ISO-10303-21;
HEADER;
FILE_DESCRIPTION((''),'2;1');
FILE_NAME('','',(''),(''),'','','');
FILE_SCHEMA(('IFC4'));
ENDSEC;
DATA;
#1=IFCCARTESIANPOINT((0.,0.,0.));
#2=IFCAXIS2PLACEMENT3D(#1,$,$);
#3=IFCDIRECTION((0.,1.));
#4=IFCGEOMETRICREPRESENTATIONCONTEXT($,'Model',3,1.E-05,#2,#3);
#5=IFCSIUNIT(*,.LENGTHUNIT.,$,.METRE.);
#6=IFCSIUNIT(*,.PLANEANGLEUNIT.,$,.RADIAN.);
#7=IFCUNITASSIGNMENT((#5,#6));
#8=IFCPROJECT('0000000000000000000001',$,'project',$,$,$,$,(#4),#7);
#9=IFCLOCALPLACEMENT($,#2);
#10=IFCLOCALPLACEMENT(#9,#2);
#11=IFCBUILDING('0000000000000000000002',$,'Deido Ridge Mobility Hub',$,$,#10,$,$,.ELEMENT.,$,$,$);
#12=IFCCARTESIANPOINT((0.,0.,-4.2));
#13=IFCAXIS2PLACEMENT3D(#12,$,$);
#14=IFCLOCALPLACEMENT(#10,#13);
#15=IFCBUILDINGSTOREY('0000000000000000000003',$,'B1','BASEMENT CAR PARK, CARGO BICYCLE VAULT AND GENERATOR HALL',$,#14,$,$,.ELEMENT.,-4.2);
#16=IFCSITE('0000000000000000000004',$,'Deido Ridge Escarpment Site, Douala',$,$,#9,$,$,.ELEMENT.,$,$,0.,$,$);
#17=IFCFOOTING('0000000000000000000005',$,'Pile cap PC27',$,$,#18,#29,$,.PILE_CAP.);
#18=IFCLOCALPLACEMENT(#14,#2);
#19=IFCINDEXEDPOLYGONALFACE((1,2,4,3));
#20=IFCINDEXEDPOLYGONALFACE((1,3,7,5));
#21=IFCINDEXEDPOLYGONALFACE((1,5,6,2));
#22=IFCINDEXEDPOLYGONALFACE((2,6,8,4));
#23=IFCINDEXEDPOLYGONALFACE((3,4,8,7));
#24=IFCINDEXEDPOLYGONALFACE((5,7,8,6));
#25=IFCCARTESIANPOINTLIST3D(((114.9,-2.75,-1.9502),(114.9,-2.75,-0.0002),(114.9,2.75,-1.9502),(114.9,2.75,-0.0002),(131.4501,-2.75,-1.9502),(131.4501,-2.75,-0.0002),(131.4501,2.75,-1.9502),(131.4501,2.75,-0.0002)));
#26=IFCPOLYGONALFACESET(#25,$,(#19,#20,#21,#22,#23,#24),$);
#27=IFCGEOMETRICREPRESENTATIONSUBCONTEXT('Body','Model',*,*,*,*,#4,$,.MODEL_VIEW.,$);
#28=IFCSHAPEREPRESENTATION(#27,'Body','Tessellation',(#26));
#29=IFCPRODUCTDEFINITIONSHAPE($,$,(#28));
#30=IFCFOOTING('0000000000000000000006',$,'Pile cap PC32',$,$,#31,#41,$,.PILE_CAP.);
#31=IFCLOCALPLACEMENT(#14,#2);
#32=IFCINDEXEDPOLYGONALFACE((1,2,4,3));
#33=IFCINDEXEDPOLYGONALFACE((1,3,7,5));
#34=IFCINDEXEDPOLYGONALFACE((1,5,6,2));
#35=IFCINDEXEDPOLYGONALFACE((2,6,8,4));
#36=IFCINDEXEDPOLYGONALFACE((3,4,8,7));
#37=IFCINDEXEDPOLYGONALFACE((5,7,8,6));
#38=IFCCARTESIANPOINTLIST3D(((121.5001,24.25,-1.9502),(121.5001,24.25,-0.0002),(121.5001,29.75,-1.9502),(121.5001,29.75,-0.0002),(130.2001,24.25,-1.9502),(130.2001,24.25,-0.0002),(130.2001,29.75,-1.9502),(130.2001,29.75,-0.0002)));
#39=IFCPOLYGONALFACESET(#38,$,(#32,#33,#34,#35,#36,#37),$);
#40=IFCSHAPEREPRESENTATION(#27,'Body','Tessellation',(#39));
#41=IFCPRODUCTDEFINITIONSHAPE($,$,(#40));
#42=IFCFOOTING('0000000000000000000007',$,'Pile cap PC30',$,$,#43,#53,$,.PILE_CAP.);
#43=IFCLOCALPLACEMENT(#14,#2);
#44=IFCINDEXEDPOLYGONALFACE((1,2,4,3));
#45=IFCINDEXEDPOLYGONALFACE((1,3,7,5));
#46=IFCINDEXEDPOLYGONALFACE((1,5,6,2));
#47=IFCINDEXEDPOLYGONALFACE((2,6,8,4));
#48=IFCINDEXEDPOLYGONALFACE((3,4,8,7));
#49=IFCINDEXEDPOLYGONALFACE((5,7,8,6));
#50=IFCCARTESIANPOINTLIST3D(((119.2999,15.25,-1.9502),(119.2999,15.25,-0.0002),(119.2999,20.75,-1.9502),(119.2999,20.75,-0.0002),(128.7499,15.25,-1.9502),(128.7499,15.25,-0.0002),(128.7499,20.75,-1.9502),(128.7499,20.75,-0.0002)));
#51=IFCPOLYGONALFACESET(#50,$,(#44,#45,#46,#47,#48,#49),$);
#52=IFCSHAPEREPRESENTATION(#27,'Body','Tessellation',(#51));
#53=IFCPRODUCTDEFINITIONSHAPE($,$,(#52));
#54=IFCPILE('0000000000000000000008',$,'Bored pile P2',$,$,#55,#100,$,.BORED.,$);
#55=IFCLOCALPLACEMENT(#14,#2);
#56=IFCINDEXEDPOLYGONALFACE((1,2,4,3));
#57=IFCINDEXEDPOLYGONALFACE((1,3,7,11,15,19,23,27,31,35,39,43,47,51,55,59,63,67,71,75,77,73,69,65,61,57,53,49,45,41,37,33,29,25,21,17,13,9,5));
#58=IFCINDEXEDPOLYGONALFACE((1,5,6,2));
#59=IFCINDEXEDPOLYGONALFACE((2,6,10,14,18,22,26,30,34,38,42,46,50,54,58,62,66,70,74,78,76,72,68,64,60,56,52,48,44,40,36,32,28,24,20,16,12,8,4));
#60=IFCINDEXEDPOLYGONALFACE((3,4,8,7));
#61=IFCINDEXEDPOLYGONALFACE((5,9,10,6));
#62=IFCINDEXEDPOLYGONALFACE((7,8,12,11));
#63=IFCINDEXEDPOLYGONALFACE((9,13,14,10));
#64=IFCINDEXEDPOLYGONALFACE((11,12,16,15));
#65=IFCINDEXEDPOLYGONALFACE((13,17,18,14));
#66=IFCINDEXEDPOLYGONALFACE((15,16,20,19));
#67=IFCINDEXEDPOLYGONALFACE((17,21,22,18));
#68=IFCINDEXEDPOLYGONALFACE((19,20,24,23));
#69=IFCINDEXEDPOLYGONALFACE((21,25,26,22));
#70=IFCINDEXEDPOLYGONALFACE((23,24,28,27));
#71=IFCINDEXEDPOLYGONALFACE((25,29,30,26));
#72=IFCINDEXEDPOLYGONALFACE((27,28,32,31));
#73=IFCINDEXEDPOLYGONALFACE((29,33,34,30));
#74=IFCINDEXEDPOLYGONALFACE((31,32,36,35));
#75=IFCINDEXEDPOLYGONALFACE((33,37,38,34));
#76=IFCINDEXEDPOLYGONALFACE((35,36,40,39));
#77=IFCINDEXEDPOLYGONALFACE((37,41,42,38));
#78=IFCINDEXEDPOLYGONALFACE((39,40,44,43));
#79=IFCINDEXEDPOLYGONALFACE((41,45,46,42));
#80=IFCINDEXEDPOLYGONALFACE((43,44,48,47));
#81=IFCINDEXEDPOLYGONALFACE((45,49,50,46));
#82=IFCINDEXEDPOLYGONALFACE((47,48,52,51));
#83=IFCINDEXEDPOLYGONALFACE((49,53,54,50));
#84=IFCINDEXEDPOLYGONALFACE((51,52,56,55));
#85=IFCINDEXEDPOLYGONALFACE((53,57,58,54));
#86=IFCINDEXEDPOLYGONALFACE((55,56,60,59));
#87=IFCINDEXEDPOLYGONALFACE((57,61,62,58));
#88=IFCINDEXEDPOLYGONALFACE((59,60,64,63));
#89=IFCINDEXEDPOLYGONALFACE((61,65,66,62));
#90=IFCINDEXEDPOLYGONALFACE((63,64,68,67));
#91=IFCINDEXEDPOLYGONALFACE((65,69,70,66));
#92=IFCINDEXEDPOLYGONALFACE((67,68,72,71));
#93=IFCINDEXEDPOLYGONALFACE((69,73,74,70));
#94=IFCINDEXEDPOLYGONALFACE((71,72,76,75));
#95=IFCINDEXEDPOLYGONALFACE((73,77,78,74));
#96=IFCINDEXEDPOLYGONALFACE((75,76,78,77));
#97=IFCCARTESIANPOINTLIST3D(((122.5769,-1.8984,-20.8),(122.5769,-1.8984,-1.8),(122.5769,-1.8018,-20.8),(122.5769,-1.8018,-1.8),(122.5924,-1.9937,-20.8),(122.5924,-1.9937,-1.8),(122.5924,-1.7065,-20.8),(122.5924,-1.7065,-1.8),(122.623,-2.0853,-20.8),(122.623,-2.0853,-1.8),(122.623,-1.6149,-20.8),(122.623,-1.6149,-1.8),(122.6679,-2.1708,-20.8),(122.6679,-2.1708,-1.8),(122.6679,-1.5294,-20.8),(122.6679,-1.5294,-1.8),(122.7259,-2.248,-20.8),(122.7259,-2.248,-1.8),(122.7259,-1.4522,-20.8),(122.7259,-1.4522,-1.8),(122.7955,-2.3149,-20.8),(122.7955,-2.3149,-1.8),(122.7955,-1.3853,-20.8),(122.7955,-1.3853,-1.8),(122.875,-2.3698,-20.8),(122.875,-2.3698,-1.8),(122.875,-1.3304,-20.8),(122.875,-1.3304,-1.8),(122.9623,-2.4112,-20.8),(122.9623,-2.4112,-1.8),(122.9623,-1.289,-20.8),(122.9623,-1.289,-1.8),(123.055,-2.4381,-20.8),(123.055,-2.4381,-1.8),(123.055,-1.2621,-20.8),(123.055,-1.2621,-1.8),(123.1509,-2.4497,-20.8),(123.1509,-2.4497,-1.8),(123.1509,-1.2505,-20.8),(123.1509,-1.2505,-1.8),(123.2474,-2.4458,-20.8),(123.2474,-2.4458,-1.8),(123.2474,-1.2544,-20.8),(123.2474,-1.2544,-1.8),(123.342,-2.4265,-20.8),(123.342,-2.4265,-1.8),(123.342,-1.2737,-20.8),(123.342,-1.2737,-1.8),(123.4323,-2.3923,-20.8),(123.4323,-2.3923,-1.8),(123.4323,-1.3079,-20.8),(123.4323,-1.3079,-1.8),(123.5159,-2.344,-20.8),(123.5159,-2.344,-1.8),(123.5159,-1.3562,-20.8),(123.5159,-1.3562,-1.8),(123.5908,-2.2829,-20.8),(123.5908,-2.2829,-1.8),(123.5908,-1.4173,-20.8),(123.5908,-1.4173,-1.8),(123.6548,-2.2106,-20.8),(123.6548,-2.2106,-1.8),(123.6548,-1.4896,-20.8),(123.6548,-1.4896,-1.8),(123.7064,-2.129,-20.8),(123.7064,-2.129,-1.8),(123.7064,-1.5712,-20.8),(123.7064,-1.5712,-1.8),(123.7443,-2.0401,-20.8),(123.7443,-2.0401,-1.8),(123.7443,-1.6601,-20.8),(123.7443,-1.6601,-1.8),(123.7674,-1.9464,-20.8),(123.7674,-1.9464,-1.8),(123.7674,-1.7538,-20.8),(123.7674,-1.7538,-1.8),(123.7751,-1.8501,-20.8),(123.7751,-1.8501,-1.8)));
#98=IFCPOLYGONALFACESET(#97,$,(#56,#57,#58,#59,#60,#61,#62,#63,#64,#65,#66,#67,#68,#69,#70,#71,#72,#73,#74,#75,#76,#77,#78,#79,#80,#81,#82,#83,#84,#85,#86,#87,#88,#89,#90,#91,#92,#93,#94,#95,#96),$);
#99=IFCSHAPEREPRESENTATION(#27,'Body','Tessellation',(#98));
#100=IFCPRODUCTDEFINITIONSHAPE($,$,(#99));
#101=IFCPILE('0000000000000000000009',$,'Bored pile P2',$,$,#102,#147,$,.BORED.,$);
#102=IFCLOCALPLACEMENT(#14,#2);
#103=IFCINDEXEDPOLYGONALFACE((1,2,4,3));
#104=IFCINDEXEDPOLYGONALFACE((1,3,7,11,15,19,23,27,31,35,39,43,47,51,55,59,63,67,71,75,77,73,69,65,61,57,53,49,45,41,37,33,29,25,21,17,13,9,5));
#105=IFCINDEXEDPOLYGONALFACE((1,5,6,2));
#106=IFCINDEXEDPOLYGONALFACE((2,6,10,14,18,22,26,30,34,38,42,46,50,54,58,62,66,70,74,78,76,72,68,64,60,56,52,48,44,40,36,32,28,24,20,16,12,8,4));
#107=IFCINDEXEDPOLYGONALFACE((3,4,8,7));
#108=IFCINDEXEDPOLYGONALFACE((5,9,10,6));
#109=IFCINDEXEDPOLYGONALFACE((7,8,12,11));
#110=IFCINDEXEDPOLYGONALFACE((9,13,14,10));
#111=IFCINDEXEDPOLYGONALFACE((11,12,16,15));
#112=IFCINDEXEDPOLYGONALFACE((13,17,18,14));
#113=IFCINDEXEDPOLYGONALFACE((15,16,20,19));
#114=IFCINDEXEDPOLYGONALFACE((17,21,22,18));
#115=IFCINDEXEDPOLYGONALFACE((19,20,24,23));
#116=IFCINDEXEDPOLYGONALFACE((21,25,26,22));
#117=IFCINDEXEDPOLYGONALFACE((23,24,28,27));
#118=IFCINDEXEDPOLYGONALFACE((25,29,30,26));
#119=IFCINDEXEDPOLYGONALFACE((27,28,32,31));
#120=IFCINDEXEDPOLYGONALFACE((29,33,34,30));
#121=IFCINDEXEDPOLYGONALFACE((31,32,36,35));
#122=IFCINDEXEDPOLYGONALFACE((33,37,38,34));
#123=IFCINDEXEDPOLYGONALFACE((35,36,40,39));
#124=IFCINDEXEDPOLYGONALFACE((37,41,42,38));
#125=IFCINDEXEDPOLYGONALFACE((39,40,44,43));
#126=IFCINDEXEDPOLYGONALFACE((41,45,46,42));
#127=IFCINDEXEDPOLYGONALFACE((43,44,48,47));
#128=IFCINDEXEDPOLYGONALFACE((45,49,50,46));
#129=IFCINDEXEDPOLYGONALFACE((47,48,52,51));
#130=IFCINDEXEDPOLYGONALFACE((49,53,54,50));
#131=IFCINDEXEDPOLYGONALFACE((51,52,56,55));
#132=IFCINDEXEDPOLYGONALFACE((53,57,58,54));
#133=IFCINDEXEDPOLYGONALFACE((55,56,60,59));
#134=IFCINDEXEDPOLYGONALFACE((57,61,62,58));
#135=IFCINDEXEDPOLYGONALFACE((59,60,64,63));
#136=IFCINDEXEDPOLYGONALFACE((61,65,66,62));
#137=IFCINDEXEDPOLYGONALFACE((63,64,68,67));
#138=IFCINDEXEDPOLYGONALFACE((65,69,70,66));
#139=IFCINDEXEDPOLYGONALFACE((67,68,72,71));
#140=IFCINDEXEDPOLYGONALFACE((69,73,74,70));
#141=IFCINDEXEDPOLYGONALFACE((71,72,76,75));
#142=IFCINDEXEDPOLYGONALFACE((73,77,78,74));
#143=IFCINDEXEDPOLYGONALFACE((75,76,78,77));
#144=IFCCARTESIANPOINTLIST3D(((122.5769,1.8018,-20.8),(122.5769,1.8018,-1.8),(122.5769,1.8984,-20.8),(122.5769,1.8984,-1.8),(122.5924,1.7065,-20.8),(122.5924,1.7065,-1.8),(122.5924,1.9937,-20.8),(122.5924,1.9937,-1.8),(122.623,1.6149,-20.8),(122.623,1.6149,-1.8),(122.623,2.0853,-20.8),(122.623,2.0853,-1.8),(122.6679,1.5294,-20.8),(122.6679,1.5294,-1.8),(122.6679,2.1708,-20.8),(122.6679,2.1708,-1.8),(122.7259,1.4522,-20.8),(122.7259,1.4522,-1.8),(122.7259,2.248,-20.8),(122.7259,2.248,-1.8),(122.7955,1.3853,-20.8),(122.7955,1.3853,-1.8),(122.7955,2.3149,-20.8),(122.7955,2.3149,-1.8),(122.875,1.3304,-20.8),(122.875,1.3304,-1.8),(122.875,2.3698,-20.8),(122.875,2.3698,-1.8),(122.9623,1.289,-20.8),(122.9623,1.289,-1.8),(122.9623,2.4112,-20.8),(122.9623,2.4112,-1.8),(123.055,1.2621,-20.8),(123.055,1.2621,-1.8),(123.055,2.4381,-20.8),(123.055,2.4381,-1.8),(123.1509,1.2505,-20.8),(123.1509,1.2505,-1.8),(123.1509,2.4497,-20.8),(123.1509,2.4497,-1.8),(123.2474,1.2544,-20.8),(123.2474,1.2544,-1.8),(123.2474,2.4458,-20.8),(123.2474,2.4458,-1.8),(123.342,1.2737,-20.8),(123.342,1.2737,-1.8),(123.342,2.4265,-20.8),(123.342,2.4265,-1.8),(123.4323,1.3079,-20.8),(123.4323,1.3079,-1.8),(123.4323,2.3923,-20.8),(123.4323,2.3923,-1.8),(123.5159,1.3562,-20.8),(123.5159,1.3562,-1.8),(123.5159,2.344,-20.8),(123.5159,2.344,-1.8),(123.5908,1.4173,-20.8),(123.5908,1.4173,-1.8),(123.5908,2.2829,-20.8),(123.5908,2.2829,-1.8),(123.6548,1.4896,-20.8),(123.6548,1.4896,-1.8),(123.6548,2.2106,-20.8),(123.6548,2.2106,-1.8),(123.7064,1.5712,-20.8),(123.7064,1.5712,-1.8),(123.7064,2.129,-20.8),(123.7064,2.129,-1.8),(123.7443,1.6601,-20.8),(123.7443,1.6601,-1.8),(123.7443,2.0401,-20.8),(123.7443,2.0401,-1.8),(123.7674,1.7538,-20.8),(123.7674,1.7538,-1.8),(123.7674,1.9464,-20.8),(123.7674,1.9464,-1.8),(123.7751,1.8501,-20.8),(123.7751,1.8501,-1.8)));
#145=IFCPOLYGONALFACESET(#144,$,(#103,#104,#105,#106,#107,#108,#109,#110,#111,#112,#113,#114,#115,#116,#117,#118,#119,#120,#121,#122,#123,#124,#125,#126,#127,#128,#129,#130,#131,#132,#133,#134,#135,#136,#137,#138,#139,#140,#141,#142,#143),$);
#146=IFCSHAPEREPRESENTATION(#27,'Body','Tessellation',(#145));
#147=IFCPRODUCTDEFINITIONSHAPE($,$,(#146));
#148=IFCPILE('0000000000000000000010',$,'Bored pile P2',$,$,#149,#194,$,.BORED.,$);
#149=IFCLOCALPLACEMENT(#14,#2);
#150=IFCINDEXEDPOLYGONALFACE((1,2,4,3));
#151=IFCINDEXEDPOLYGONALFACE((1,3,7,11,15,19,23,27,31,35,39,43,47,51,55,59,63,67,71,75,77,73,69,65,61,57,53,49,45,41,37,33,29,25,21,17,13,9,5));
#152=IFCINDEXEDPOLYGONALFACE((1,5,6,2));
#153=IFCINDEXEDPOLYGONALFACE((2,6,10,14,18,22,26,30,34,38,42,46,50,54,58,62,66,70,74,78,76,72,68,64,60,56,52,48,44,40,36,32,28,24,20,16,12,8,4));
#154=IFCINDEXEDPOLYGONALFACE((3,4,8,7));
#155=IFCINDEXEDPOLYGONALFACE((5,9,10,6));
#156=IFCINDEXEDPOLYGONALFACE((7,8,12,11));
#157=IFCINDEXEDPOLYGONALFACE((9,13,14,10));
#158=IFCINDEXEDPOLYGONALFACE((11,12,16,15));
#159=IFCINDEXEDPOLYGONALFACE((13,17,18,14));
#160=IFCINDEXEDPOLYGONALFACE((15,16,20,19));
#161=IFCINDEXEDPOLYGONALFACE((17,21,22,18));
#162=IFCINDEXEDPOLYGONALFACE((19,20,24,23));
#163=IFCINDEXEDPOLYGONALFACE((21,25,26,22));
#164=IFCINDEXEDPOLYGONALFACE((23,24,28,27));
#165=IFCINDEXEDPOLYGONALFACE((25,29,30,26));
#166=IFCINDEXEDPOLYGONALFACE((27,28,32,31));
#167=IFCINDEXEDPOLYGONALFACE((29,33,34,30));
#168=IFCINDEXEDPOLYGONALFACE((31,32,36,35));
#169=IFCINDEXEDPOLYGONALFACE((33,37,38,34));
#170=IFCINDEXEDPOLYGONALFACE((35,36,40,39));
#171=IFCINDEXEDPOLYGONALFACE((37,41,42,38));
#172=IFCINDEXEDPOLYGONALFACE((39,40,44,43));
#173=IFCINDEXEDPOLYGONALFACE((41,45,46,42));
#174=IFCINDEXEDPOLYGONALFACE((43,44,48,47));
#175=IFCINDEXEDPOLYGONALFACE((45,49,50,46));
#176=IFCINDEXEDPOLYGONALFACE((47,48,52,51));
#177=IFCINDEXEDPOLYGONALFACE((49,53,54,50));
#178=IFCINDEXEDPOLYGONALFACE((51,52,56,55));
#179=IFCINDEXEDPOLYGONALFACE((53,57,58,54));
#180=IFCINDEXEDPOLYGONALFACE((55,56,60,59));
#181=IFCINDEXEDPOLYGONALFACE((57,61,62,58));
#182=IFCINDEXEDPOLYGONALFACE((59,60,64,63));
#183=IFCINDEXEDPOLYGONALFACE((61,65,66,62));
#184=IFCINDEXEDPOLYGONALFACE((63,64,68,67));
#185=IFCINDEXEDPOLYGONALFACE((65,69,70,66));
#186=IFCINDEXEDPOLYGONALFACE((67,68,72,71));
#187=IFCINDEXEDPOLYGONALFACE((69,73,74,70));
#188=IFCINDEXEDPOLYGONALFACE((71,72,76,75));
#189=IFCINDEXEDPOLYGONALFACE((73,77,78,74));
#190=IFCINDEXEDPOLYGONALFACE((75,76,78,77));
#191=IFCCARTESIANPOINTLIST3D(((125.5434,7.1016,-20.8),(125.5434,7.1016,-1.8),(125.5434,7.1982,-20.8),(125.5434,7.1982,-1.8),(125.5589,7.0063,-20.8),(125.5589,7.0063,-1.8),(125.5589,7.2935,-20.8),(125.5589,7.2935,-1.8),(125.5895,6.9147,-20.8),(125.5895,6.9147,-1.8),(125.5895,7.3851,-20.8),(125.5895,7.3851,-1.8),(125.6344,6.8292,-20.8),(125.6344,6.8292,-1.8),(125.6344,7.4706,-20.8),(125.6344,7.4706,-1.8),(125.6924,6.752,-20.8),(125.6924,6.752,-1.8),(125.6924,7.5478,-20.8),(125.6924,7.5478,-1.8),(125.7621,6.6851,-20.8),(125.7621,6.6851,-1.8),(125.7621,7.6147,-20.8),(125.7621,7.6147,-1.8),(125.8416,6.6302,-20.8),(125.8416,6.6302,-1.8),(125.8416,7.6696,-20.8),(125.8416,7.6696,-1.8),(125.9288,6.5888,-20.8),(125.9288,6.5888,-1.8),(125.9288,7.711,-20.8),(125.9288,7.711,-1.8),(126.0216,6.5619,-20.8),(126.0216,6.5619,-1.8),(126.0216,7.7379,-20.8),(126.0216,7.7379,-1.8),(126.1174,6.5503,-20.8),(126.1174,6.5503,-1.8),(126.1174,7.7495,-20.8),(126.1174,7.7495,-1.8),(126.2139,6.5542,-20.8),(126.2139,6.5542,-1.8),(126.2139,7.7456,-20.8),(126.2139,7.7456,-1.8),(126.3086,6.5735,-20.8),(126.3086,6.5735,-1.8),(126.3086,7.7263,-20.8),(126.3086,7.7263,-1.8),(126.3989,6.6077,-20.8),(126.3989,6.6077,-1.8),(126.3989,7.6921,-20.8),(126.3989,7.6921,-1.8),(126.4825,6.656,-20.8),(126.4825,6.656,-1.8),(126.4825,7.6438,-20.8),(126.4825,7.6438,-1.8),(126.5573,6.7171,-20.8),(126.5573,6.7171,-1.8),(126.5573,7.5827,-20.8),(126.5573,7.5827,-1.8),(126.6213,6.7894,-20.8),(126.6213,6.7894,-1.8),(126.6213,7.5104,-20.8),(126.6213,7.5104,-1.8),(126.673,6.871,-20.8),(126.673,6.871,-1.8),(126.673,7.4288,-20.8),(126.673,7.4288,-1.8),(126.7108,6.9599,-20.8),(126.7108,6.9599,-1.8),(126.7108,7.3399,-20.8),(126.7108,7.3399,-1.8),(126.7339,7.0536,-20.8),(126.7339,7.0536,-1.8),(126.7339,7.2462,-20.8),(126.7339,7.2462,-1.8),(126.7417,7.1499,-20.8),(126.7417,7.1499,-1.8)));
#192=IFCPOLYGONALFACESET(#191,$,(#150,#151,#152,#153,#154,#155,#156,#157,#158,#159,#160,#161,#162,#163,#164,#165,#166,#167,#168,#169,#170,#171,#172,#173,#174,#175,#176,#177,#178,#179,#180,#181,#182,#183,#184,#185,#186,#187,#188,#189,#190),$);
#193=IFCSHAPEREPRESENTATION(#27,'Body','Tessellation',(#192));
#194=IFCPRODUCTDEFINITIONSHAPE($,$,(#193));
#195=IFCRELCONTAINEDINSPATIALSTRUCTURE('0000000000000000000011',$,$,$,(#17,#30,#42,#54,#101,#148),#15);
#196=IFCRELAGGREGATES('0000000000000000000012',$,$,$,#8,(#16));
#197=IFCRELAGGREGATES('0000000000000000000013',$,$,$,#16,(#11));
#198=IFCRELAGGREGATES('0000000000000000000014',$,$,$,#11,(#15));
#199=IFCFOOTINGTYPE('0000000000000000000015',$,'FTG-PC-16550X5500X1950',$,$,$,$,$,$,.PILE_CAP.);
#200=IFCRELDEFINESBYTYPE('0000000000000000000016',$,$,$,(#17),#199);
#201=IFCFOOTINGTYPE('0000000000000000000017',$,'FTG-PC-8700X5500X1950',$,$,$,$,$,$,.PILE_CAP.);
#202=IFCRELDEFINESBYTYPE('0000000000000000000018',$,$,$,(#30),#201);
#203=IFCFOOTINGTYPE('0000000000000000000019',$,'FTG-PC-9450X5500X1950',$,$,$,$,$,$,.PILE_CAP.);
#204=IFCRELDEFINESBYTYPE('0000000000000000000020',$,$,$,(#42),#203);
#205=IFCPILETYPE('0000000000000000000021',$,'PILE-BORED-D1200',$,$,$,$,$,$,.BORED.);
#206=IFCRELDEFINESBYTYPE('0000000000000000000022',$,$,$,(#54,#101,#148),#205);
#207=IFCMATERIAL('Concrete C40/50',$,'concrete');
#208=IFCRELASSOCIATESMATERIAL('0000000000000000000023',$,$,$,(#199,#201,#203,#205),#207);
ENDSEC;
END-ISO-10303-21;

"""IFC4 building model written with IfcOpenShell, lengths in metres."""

from ifc_helpers import new_model, si_unit, direction, frame, origin, origin_2d, place, context, subcontext, project, spatial, rectangle, circle, extrude, material, material_profile, profile_set, type_object, element, save


model = new_model("IFC4")

# Units and contexts
model_context = context("Model", 3, precision=1e-05, world=origin(), true_north=direction((0.0, 1.0)))
body_context = subcontext(model_context, "Body", "Model", "MODEL_VIEW")
ifc_project = project(units=[si_unit("LENGTHUNIT", "METRE"), si_unit("PLANEANGLEUNIT", "RADIAN")], contexts=[model_context])

# Site, building, storey
site_placement = place(None, origin())
site = spatial("IfcSite", under=ifc_project, at=site_placement, Name="Deido Ridge Escarpment Site, Douala", CompositionType="ELEMENT", RefElevation=0.0)
building_placement = place(site_placement, origin())
building = spatial("IfcBuilding", under=site, at=building_placement, Name="Deido Ridge Mobility Hub", CompositionType="ELEMENT")
storey_placement = place(building_placement, frame((0.0, 0.0, -4.2)))
storey = spatial("IfcBuildingStorey", under=building, at=storey_placement, Name="B1", Description="BASEMENT CAR PARK, CARGO BICYCLE VAULT AND GENERATOR HALL", CompositionType="ELEMENT", Elevation=-4.2)

# Footings
ifc_material_1 = material(Name="Concrete C40/50", Category="concrete")
footing_type_1 = type_object("IfcFootingType", Name="FTG-PC-16550X5500X1950", PredefinedType="PILE_CAP", material=ifc_material_1)
footing_1_placement = place(storey_placement, frame((123.175, 0.0, -1.9502), z_axis=(0.0, 0.0, 1.0), x_axis=(1.0, 0.0, 0.0)))
element("IfcFooting", 1, at=footing_1_placement, inside=storey, type_object=footing_type_1, Name="Pile cap PC27", PredefinedType="PILE_CAP", context=body_context, shape_type="SweptSolid", body=[
    extrude(rectangle(XDim=16.55, YDim=5.5, at=origin_2d()), origin(), (0.0, 0.0, 1.0), 1.95),
])
footing_type_2 = type_object("IfcFootingType", Name="FTG-PC-8700X5500X1950", PredefinedType="PILE_CAP", material=ifc_material_1)
footing_2_placement = place(storey_placement, frame((125.8501, 27.0, -1.9502), z_axis=(0.0, 0.0, 1.0), x_axis=(1.0, 0.0, 0.0)))
element("IfcFooting", 2, at=footing_2_placement, inside=storey, type_object=footing_type_2, Name="Pile cap PC32", PredefinedType="PILE_CAP", context=body_context, shape_type="SweptSolid", body=[
    extrude(rectangle(XDim=8.7, YDim=5.5, at=origin_2d()), origin(), (0.0, 0.0, 1.0), 1.95),
])
footing_type_3 = type_object("IfcFootingType", Name="FTG-PC-9450X5500X1950", PredefinedType="PILE_CAP", material=ifc_material_1)
footing_3_placement = place(storey_placement, frame((124.0249, 18.0, -1.9502), z_axis=(0.0, 0.0, 1.0), x_axis=(1.0, 0.0, 0.0)))
element("IfcFooting", 3, at=footing_3_placement, inside=storey, type_object=footing_type_3, Name="Pile cap PC30", PredefinedType="PILE_CAP", context=body_context, shape_type="SweptSolid", body=[
    extrude(rectangle(XDim=9.45, YDim=5.5, at=origin_2d()), origin(), (0.0, 0.0, 1.0), 1.95),
])

# Piles
ifc_material_profile_1 = material_profile(ifc_material_1, circle(Radius=0.6001, at=origin_2d()), Name="BORED PILE D1200")
ifc_profile_set_1 = profile_set([ifc_material_profile_1], Name="Concrete C40/50")
pile_type = type_object("IfcPileType", Name="PILE-BORED-D1200", PredefinedType="BORED", material=ifc_profile_set_1)
for number, where, z_axis, x_axis, name in (
    (4, (123.175, -1.8501, -1.8), (0.0, 0.0, -1.0), (1.0, 0.0, 0.0), "Bored pile P2"),
    (5, (123.175, 1.8501, -1.8), (0.0, 0.0, -1.0), (1.0, 0.0, 0.0), "Bored pile P2"),
    (6, (126.1416, 7.1499, -1.8), (0.0, 0.0, -1.0), (1.0, 0.0, 0.0), "Bored pile P2"),
):
    element("IfcPile", number, at=place(storey_placement, frame(where, z_axis=z_axis, x_axis=x_axis)), inside=storey, type_object=pile_type, Name=name, PredefinedType="BORED", context=body_context, shape_type="SweptSolid", body=[
        extrude(circle(Radius=0.6001, at=origin_2d()), origin(), (0.0, 0.0, 1.0), 19.0),
    ])

save(model, "model.ifc")
